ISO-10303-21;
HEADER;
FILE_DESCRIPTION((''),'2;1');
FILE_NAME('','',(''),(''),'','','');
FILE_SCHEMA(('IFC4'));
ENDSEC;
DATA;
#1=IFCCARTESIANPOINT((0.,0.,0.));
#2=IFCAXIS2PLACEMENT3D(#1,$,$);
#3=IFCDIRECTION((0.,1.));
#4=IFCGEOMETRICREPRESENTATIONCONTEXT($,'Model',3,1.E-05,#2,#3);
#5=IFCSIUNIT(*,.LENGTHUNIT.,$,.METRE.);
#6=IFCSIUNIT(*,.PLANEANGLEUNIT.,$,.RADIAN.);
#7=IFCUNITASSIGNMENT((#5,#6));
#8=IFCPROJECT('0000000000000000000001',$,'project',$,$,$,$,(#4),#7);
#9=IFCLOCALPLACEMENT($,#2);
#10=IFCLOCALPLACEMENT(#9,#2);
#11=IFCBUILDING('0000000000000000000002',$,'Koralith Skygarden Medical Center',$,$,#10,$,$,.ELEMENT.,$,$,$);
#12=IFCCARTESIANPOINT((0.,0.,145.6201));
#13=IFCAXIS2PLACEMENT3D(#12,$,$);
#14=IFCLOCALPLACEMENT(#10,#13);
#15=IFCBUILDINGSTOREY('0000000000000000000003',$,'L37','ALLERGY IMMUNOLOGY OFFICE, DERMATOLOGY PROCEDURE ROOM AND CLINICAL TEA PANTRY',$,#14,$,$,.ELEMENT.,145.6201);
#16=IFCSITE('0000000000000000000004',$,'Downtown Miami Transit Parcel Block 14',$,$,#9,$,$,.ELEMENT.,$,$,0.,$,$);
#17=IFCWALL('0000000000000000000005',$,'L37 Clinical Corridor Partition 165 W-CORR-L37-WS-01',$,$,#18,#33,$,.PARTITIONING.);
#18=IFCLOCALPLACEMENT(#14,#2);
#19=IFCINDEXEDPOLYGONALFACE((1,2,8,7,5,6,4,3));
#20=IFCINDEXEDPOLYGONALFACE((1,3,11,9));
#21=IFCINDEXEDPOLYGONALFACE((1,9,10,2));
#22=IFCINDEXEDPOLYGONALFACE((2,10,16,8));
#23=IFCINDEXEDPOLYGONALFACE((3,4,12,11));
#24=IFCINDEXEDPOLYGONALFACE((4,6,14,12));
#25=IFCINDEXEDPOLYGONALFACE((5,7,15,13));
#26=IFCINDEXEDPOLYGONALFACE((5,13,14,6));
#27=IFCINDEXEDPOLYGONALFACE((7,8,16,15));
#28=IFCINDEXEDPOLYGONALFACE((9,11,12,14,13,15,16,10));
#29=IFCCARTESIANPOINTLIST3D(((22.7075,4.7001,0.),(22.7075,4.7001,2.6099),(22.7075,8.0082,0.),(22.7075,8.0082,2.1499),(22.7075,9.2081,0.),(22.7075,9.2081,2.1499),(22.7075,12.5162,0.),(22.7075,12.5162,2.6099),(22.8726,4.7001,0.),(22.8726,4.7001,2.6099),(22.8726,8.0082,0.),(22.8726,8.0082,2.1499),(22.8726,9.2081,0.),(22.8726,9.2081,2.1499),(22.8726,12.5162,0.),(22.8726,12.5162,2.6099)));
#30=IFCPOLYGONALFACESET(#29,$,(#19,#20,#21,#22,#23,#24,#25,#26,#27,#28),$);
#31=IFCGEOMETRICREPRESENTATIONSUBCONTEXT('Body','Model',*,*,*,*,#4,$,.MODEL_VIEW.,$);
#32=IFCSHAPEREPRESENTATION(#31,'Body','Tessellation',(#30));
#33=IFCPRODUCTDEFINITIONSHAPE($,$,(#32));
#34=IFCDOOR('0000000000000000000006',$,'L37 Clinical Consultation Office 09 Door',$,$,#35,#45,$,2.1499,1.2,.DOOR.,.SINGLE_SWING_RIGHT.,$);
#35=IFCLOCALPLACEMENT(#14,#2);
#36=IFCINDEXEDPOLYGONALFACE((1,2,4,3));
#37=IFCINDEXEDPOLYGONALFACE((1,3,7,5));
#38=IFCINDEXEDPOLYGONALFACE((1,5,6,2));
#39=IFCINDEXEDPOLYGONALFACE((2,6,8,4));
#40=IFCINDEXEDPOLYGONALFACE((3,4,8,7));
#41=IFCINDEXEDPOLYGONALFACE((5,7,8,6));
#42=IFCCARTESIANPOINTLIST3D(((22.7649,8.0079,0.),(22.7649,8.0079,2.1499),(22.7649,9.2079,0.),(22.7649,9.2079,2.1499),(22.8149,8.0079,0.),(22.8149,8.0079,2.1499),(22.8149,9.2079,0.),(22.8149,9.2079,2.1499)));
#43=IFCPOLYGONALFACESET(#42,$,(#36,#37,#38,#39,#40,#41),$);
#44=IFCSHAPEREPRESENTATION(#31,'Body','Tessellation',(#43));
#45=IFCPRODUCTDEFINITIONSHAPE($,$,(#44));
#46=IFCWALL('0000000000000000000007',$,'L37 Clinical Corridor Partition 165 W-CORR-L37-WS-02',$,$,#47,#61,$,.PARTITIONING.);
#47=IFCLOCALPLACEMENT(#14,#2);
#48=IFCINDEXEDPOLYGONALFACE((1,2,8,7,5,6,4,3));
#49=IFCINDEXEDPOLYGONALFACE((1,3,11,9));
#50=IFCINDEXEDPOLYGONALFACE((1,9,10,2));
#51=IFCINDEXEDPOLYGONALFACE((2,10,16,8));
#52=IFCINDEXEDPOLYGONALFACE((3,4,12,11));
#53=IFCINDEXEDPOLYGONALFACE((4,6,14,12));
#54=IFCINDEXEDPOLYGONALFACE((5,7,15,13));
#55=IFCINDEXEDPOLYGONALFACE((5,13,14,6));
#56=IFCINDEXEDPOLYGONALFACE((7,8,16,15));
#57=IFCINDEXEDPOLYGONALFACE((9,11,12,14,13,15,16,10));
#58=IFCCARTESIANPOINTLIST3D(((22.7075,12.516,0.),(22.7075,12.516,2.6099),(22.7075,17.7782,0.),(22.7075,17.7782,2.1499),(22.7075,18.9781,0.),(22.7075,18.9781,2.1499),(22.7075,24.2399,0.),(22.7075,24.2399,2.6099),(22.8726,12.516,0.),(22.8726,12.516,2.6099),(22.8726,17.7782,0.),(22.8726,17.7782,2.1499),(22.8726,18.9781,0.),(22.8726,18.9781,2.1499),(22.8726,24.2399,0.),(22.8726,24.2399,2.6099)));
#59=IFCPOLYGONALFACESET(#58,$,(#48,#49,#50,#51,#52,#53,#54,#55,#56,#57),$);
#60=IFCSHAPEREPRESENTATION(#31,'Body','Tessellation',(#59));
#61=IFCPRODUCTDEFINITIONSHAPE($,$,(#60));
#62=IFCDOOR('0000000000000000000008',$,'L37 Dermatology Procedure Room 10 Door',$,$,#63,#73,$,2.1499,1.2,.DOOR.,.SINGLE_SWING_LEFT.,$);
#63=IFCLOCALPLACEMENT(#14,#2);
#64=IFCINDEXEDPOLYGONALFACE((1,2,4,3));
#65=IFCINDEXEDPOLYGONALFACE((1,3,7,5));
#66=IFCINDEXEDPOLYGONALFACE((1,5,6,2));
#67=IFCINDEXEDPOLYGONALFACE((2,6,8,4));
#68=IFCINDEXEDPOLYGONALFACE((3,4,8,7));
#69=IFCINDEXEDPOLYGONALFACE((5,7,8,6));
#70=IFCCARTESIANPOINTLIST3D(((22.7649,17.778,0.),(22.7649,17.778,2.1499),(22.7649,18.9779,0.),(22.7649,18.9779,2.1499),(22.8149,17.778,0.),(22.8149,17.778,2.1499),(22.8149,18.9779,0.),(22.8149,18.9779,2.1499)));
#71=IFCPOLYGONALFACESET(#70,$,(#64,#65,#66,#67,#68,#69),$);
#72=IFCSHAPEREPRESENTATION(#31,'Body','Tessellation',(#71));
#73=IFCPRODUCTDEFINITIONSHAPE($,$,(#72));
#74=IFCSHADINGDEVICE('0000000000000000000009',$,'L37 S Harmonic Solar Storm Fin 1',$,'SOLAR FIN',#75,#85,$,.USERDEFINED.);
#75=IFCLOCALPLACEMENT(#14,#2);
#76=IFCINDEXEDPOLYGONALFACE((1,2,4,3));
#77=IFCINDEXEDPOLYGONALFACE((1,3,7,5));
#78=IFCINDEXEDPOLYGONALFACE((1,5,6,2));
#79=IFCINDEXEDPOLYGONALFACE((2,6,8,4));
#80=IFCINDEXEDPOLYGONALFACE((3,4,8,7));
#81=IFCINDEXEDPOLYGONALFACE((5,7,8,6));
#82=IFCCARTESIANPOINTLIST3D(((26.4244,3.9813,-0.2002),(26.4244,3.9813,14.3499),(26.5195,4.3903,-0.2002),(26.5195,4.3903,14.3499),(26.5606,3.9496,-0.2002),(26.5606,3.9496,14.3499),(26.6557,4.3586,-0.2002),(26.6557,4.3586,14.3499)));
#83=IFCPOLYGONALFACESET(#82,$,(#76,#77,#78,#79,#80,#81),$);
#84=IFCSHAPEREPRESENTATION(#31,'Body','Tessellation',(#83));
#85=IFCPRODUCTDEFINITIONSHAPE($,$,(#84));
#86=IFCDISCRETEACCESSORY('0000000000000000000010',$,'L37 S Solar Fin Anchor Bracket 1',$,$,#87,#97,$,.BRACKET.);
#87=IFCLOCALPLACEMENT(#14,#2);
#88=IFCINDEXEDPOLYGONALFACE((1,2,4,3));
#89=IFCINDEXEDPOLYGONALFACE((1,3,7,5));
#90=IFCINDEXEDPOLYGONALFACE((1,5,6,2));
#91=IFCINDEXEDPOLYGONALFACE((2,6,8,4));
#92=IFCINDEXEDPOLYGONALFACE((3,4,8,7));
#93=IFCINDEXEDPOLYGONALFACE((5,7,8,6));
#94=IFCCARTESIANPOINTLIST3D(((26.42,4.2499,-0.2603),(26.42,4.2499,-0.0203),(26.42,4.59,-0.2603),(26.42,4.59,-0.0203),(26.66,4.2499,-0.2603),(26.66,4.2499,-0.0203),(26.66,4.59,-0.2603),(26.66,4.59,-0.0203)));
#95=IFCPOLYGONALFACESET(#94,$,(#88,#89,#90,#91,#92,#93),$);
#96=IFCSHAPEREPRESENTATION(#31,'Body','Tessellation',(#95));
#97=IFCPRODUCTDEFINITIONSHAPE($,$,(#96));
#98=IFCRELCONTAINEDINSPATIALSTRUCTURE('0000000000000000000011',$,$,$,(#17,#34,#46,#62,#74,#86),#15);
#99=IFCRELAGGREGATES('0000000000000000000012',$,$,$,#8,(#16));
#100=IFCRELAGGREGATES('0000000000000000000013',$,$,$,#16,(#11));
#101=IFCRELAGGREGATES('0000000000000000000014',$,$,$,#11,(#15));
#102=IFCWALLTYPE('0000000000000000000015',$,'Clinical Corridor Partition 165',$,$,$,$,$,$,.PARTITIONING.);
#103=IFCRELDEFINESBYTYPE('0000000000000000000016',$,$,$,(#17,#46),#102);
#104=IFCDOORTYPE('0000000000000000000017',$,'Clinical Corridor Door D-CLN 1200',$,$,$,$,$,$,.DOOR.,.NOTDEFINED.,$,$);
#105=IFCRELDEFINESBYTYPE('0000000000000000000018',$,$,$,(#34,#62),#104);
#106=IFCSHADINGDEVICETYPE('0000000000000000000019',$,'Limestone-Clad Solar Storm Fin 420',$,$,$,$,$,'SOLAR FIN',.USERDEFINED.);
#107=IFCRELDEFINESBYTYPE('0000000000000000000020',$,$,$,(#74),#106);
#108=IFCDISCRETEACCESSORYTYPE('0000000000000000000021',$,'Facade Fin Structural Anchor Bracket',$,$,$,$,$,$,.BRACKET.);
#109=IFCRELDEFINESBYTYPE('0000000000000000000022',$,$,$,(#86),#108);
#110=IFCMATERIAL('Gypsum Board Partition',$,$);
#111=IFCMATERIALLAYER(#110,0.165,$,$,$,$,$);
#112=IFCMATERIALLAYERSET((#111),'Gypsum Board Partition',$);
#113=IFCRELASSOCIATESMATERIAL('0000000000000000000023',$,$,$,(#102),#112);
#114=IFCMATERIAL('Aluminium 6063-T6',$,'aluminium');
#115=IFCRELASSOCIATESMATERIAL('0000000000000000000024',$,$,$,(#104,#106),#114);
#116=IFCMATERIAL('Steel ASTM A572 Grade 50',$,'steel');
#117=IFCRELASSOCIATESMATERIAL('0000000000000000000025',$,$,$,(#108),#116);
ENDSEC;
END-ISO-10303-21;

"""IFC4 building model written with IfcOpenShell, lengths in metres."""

from ifc_helpers import new_model, si_unit, direction, frame, frame_2d, origin, origin_2d, place, context, subcontext, project, spatial, rectangle, extrude, material, layer, layer_set, type_object, element, fill, save


model = new_model("IFC4")

# Units and contexts
model_context = context("Model", 3, precision=1e-05, world=origin(), true_north=direction((0.0, 1.0)))
body_context = subcontext(model_context, "Body", "Model", "MODEL_VIEW")
ifc_project = project(units=[si_unit("LENGTHUNIT", "METRE"), si_unit("PLANEANGLEUNIT", "RADIAN")], contexts=[model_context])

# Site, building, storey
site_placement = place(None, origin())
site = spatial("IfcSite", under=ifc_project, at=site_placement, Name="Downtown Miami Transit Parcel Block 14", CompositionType="ELEMENT", RefElevation=0.0)
building_placement = place(site_placement, origin())
building = spatial("IfcBuilding", under=site, at=building_placement, Name="Koralith Skygarden Medical Center", CompositionType="ELEMENT")
storey_placement = place(building_placement, frame((0.0, 0.0, 145.6201)))
storey = spatial("IfcBuildingStorey", under=building, at=storey_placement, Name="L37", Description="ALLERGY IMMUNOLOGY OFFICE, DERMATOLOGY PROCEDURE ROOM AND CLINICAL TEA PANTRY", CompositionType="ELEMENT", Elevation=145.6201)

# Shared definitions
ifc_material_1 = material(Name="Aluminium 6063-T6", Category="aluminium")

# Shared definitions
ifc_material_2 = material(Name="Gypsum Board Partition")
ifc_layer_1 = layer(ifc_material_2, 0.165)
ifc_layer_set_1 = layer_set([ifc_layer_1], Name="Gypsum Board Partition")
wall_type_1 = type_object("IfcWallType", Name="Clinical Corridor Partition 165", PredefinedType="PARTITIONING", material=ifc_layer_set_1)

# Walls, openings, doors
door_type = type_object("IfcDoorType", Name="Clinical Corridor Door D-CLN 1200", OperationType="NOTDEFINED", PredefinedType="DOOR", material=ifc_material_1)
wall_1_placement = place(storey_placement, frame((22.79, 4.7, 0.0), z_axis=(0.0, 0.0, 1.0), x_axis=(0.0, 1.0, 0.0)))
wall_1 = element("IfcWall", 1, at=wall_1_placement, inside=storey, type_object=wall_type_1, Name="L37 Clinical Corridor Partition 165 W-CORR-L37-WS-01", PredefinedType="PARTITIONING", context=body_context, shape_type="SweptSolid", body=[
    extrude(rectangle(XDim=7.8162, YDim=0.165, at=frame_2d((3.9082, 0.0))), origin(), (0.0, 0.0, 1.0), 2.6099),
])
opening_1_placement = place(wall_1_placement, frame((3.3081, 0.0, 0.0)))
opening_1 = element("IfcOpeningElement", 2, at=opening_1_placement, cuts=wall_1, PredefinedType="OPENING", context=body_context, shape_type="SweptSolid", body=[
    extrude(rectangle(XDim=1.2, YDim=2.1499, at=frame_2d((0.6001, 1.075))), frame((0.0, 0.0925, 0.0), z_axis=(0.0, -1.0, 0.0), x_axis=(1.0, 0.0, 0.0)), (0.0, 0.0, 1.0), 0.1851),
])
door_1_placement = place(opening_1_placement, frame((1.2, 0.0, 0.0), z_axis=(0.0, 0.0, 1.0), x_axis=(-1.0, 0.0, 0.0)))
door_1 = element("IfcDoor", 3, at=door_1_placement, inside=storey, type_object=door_type, Name="L37 Clinical Consultation Office 09 Door", OperationType="SINGLE_SWING_RIGHT", OverallHeight=2.1499, OverallWidth=1.2, PredefinedType="DOOR", context=body_context, shape_type="SweptSolid", body=[
    extrude(rectangle(XDim=1.2, YDim=2.1499, at=frame_2d((0.6001, 1.075))), frame((0.0, 0.0249, 0.0), z_axis=(0.0, -1.0, 0.0), x_axis=(1.0, 0.0, 0.0)), (0.0, 0.0, 1.0), 0.05),
])
fill(opening_1, door_1)
wall_2_placement = place(storey_placement, frame((22.79, 12.5161, 0.0), z_axis=(0.0, 0.0, 1.0), x_axis=(0.0, 1.0, 0.0)))
wall_2 = element("IfcWall", 4, at=wall_2_placement, inside=storey, type_object=wall_type_1, Name="L37 Clinical Corridor Partition 165 W-CORR-L37-WS-02", PredefinedType="PARTITIONING", context=body_context, shape_type="SweptSolid", body=[
    extrude(rectangle(XDim=11.7239, YDim=0.165, at=frame_2d((5.8618, 0.0))), origin(), (0.0, 0.0, 1.0), 2.6099),
])
opening_2_placement = place(wall_2_placement, frame((5.262, 0.0, 0.0)))
opening_2 = element("IfcOpeningElement", 5, at=opening_2_placement, cuts=wall_2, PredefinedType="OPENING", context=body_context, shape_type="SweptSolid", body=[
    extrude(rectangle(XDim=1.2, YDim=2.1499, at=frame_2d((0.6001, 1.075))), frame((0.0, 0.0925, 0.0), z_axis=(0.0, -1.0, 0.0), x_axis=(1.0, 0.0, 0.0)), (0.0, 0.0, 1.0), 0.1851),
])
door_2_placement = place(opening_2_placement, frame((1.2, 0.0, 0.0), z_axis=(0.0, 0.0, 1.0), x_axis=(-1.0, 0.0, 0.0)))
door_2 = element("IfcDoor", 6, at=door_2_placement, inside=storey, type_object=door_type, Name="L37 Dermatology Procedure Room 10 Door", OperationType="SINGLE_SWING_LEFT", OverallHeight=2.1499, OverallWidth=1.2, PredefinedType="DOOR", context=body_context, shape_type="SweptSolid", body=[
    extrude(rectangle(XDim=1.2, YDim=2.1499, at=frame_2d((0.6001, 1.075))), frame((0.0, 0.0249, 0.0), z_axis=(0.0, -1.0, 0.0), x_axis=(1.0, 0.0, 0.0)), (0.0, 0.0, 1.0), 0.05),
])
fill(opening_2, door_2)

# Shading device
shading_device_type = type_object("IfcShadingDeviceType", Name="Limestone-Clad Solar Storm Fin 420", ElementType="SOLAR FIN", PredefinedType="USERDEFINED", material=ifc_material_1)
shading_device_placement = place(storey_placement, frame((26.54, 4.1699, -0.2002), z_axis=(0.0, 0.0, 1.0), x_axis=(-0.226464, -0.974019, 0.0)))
element("IfcShadingDevice", 7, at=shading_device_placement, inside=storey, type_object=shading_device_type, Name="L37 S Harmonic Solar Storm Fin 1", ObjectType="SOLAR FIN", PredefinedType="USERDEFINED", context=body_context, shape_type="SweptSolid", body=[
    extrude(rectangle(XDim=0.4199, YDim=0.1399, at=origin_2d()), origin(), (0.0, 0.0, 1.0), 14.55),
])

# Discrete accessory
ifc_material_3 = material(Name="Steel ASTM A572 Grade 50", Category="steel")
discrete_accessory_type = type_object("IfcDiscreteAccessoryType", Name="Facade Fin Structural Anchor Bracket", PredefinedType="BRACKET", material=ifc_material_3)
discrete_accessory_placement = place(storey_placement, frame((26.54, 4.4199, -0.2603), z_axis=(0.0, 0.0, 1.0), x_axis=(0.0, -1.0, 0.0)))
element("IfcDiscreteAccessory", 8, at=discrete_accessory_placement, inside=storey, type_object=discrete_accessory_type, Name="L37 S Solar Fin Anchor Bracket 1", PredefinedType="BRACKET", context=body_context, shape_type="SweptSolid", body=[
    extrude(rectangle(XDim=0.3401, YDim=0.24, at=origin_2d()), origin(), (0.0, 0.0, 1.0), 0.24),
])

save(model, "model.ifc")
